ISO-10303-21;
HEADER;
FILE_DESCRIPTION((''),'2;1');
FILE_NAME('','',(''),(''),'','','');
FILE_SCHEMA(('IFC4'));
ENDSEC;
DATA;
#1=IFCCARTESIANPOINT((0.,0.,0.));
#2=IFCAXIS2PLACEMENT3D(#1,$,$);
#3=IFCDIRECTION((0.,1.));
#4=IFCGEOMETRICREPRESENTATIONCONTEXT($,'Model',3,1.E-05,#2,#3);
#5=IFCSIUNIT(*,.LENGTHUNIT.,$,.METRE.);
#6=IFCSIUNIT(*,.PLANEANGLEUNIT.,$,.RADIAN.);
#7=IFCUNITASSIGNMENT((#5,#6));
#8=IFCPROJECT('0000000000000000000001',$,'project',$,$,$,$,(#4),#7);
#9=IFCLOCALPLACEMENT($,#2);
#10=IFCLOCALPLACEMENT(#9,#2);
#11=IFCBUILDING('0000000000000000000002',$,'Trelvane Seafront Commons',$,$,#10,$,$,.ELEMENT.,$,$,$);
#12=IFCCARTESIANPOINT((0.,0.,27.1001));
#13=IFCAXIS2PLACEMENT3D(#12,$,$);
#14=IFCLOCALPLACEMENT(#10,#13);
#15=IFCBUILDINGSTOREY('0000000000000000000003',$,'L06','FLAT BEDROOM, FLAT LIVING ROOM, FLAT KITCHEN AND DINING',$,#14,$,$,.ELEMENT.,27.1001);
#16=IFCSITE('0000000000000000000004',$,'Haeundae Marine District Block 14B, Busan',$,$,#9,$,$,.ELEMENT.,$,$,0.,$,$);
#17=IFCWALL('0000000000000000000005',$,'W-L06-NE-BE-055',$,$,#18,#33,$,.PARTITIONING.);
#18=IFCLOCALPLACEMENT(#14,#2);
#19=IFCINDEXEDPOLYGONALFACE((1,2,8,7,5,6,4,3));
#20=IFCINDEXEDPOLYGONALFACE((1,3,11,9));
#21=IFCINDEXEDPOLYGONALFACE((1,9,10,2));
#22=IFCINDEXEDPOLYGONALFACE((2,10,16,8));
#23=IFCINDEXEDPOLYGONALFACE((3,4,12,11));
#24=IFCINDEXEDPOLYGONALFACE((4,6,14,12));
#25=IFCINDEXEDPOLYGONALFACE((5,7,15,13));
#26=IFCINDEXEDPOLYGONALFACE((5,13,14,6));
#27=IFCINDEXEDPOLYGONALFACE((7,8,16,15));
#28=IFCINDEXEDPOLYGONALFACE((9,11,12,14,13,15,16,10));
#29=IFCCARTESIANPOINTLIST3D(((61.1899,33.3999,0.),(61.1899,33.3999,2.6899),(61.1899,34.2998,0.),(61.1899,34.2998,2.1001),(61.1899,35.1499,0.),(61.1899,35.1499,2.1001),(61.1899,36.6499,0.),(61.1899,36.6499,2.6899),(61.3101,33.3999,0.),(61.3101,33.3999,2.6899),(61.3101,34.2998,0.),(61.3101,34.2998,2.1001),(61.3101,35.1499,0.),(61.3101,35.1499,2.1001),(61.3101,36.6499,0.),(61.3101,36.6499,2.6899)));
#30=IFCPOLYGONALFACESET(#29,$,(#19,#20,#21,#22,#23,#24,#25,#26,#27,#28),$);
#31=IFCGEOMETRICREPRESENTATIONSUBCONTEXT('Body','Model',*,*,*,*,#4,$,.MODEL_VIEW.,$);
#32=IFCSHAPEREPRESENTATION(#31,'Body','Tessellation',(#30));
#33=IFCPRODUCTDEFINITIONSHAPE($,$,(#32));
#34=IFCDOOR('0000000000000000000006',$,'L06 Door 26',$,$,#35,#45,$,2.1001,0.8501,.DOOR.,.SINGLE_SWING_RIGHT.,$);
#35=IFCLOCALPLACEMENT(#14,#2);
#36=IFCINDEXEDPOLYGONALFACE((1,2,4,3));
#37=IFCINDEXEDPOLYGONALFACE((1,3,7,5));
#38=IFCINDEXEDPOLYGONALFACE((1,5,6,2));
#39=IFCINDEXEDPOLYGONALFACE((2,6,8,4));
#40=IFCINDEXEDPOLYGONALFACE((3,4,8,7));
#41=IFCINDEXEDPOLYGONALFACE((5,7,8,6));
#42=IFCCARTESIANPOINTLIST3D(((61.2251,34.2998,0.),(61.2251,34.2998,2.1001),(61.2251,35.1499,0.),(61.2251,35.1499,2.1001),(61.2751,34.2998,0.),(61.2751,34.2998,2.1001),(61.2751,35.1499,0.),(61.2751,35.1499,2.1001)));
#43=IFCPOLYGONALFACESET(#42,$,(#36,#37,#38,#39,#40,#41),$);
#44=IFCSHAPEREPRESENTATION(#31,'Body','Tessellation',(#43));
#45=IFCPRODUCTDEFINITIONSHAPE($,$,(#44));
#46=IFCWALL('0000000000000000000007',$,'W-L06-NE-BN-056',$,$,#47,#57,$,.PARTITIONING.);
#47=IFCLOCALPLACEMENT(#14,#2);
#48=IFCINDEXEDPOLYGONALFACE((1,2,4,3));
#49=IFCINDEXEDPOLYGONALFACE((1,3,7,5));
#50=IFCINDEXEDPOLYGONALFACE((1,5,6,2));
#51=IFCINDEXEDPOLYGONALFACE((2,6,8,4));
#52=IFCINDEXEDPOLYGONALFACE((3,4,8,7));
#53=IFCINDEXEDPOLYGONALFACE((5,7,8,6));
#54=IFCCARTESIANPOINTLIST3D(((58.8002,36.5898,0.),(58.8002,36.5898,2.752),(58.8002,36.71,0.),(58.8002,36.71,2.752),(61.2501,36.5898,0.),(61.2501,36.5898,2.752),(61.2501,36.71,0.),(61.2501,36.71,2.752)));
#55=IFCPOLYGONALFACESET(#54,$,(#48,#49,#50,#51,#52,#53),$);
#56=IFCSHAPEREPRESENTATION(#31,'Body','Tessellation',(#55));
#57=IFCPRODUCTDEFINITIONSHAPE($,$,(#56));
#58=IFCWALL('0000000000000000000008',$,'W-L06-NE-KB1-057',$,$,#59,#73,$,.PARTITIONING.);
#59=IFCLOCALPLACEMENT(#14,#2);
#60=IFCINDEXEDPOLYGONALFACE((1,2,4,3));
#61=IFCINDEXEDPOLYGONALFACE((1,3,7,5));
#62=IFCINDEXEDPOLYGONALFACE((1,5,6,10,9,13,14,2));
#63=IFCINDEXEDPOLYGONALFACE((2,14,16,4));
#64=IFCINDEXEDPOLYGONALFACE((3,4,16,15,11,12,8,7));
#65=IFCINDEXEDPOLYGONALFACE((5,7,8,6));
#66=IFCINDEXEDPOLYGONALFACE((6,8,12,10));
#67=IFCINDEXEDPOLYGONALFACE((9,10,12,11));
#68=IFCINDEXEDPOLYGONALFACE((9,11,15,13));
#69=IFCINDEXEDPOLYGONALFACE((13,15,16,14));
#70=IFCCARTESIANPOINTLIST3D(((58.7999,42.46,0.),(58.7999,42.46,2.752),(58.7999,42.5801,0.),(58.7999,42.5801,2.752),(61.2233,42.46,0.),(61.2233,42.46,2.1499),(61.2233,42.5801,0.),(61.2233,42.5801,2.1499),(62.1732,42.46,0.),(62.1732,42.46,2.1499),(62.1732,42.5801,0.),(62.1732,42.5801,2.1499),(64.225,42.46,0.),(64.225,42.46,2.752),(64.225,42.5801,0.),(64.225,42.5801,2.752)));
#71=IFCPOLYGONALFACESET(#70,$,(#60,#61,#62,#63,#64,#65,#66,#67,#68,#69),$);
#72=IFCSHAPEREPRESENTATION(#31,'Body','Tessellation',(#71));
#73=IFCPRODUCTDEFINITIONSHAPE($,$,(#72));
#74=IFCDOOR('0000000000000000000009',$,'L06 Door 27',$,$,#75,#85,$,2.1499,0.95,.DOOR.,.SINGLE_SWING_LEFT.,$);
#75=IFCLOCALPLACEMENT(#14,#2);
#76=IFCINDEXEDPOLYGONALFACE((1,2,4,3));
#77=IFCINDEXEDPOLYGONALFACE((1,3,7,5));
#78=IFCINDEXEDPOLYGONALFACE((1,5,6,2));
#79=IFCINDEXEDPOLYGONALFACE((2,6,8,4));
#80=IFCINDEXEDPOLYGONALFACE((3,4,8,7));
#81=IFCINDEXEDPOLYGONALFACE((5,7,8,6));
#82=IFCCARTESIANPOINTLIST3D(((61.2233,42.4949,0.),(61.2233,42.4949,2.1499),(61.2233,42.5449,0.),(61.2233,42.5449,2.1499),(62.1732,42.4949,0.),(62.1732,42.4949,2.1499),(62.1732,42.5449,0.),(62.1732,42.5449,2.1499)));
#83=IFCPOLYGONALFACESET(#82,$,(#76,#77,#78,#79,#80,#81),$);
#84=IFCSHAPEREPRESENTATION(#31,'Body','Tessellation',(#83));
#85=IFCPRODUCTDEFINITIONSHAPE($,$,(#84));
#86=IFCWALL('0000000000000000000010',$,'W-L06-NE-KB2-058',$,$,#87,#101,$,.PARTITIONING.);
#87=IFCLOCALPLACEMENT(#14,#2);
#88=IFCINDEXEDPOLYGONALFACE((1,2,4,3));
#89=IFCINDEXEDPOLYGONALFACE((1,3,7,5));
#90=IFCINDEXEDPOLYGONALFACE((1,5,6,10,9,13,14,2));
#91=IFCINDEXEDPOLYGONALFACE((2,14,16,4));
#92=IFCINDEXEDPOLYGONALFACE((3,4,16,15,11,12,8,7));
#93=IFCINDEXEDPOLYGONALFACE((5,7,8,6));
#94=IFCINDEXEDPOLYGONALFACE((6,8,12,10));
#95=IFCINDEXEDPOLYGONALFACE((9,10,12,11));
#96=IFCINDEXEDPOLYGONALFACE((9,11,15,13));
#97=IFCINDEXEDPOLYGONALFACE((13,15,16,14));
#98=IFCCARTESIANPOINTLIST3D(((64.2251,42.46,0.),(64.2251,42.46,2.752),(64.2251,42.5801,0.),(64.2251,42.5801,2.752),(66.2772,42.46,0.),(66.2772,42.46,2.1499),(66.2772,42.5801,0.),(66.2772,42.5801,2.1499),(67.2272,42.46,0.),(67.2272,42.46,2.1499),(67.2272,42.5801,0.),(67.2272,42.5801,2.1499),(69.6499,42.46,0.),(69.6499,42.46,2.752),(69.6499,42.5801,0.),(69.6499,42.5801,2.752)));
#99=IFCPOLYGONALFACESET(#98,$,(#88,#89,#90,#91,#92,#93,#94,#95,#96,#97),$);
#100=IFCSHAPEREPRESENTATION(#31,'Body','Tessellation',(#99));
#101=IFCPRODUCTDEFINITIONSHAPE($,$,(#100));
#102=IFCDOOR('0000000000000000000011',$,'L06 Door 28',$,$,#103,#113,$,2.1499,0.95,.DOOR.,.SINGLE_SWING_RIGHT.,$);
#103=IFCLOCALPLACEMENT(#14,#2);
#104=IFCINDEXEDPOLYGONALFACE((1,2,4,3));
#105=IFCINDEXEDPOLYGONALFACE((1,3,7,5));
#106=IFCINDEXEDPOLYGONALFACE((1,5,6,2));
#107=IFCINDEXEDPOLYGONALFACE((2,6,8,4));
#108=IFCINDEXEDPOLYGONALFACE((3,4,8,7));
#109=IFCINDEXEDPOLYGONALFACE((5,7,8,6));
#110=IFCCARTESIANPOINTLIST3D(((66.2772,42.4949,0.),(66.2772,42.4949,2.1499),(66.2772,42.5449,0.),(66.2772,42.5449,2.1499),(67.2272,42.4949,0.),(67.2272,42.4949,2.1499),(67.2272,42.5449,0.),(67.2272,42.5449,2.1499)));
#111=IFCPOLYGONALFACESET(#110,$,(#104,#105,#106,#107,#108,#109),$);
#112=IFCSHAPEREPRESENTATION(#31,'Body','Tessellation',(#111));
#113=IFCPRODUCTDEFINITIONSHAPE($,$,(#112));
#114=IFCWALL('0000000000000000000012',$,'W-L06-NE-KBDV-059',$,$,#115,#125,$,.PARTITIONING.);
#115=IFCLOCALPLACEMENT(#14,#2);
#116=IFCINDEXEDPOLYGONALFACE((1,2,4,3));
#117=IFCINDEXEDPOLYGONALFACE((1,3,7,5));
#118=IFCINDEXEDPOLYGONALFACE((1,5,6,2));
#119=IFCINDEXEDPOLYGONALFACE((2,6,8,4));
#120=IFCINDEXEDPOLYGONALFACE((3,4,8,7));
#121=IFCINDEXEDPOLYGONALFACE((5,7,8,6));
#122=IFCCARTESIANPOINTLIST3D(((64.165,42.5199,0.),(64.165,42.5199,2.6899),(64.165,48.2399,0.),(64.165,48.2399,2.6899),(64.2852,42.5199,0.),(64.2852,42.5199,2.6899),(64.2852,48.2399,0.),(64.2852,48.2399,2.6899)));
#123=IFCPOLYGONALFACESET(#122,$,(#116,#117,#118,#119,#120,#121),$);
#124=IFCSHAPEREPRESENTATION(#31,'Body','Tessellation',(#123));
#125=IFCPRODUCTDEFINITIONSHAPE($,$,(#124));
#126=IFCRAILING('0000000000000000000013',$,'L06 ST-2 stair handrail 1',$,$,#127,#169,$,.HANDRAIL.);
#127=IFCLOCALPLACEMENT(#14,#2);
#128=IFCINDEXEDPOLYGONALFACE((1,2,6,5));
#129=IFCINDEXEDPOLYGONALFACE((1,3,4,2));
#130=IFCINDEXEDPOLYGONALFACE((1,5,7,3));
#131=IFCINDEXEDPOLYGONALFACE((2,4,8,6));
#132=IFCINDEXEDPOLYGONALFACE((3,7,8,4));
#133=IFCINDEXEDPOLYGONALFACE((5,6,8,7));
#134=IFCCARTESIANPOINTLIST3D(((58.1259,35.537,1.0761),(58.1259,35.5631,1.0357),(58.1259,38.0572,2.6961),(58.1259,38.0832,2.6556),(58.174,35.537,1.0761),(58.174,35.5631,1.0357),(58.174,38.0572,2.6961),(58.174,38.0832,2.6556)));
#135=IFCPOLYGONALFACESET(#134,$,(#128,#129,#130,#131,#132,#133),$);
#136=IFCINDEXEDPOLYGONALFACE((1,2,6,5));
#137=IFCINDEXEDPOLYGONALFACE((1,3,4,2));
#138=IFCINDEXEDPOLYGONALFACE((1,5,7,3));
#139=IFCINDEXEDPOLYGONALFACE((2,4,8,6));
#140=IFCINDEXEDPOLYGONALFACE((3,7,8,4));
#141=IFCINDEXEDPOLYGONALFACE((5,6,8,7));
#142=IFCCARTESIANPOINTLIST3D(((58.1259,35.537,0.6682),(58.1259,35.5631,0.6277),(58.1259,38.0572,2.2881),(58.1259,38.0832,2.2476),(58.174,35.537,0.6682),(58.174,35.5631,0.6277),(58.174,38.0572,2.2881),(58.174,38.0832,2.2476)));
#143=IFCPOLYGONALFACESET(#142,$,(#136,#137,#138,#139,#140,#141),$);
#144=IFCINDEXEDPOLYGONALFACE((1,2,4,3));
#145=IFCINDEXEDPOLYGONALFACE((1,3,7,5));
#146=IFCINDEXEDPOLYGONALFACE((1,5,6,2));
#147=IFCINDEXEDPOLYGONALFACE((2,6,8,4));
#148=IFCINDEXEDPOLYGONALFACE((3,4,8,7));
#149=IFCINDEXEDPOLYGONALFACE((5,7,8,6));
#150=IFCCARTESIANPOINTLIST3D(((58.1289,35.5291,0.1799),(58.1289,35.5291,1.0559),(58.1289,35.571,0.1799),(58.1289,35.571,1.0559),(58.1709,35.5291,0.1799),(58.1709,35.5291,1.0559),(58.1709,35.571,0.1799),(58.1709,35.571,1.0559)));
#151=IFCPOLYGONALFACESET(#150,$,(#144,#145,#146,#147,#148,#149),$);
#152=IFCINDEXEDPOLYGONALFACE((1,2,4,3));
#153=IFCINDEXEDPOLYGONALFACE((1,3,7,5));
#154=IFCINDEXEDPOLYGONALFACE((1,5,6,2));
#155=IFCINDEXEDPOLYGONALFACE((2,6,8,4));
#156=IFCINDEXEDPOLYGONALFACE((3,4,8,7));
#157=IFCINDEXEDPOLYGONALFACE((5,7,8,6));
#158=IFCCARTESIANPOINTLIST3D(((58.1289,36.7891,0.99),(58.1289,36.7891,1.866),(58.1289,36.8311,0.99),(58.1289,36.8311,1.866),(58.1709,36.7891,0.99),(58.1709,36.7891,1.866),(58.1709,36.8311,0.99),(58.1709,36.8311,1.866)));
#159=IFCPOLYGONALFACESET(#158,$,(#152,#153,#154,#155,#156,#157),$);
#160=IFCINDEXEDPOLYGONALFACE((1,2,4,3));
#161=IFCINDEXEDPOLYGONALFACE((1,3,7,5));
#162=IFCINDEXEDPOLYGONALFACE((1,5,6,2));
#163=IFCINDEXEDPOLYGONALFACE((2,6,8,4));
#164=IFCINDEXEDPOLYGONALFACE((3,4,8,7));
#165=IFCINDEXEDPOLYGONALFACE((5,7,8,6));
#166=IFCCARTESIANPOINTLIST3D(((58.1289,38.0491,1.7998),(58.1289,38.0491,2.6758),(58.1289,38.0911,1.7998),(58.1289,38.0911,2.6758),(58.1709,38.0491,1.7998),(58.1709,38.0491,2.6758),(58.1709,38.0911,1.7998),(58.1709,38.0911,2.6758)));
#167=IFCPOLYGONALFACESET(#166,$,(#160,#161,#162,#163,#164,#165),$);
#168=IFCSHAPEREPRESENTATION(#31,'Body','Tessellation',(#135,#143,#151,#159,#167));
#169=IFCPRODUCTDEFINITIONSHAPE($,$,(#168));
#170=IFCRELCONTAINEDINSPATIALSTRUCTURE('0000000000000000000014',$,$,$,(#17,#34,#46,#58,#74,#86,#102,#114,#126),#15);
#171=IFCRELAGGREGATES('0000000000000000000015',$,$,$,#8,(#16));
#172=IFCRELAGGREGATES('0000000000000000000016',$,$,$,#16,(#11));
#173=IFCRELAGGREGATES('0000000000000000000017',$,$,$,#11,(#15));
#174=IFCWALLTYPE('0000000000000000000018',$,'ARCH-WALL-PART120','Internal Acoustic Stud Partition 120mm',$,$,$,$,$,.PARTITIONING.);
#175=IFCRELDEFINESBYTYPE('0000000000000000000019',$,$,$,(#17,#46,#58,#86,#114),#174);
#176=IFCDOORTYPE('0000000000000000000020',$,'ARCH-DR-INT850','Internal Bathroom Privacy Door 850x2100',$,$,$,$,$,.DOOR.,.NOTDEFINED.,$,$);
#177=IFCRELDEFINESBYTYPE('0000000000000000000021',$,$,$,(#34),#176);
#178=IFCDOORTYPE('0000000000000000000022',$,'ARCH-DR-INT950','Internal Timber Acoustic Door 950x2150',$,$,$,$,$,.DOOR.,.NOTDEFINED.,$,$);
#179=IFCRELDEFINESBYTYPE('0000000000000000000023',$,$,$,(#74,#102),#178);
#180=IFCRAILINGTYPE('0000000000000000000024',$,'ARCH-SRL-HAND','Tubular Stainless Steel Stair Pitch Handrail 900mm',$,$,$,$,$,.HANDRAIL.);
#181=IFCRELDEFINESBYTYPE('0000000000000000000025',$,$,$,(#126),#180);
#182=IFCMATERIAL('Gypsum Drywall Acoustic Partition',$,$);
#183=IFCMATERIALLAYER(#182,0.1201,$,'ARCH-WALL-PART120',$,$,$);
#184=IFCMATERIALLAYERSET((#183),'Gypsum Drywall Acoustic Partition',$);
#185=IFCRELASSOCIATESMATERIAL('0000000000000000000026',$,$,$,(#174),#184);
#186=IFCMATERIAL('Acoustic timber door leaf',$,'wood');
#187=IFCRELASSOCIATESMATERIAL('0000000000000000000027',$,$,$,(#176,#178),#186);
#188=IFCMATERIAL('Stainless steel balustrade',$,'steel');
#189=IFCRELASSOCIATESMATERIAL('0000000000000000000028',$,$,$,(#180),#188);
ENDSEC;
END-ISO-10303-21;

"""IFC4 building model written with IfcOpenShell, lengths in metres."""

from ifc_helpers import new_model, si_unit, direction, frame, frame_2d, origin, origin_2d, place, context, subcontext, project, spatial, rectangle, extrude, source, transform, mapped, material, layer, layer_set, type_object, element, fill, save


model = new_model("IFC4")

# Units and contexts
model_context = context("Model", 3, precision=1e-05, world=origin(), true_north=direction((0.0, 1.0)))
body_context = subcontext(model_context, "Body", "Model", "MODEL_VIEW")
ifc_project = project(units=[si_unit("LENGTHUNIT", "METRE"), si_unit("PLANEANGLEUNIT", "RADIAN")], contexts=[model_context])

# Site, building, storey
site_placement = place(None, origin())
site = spatial("IfcSite", under=ifc_project, at=site_placement, Name="Haeundae Marine District Block 14B, Busan", CompositionType="ELEMENT", RefElevation=0.0)
building_placement = place(site_placement, origin())
building = spatial("IfcBuilding", under=site, at=building_placement, Name="Trelvane Seafront Commons", CompositionType="ELEMENT")
storey_placement = place(building_placement, frame((0.0, 0.0, 27.1001)))
storey = spatial("IfcBuildingStorey", under=building, at=storey_placement, Name="L06", Description="FLAT BEDROOM, FLAT LIVING ROOM, FLAT KITCHEN AND DINING", CompositionType="ELEMENT", Elevation=27.1001)

# Wall, opening, door
ifc_material_1 = material(Name="Gypsum Drywall Acoustic Partition")
ifc_layer = layer(ifc_material_1, 0.1201, Name="ARCH-WALL-PART120")
ifc_layer_set = layer_set([ifc_layer], Name="Gypsum Drywall Acoustic Partition")
wall_type = type_object("IfcWallType", Name="ARCH-WALL-PART120", Description="Internal Acoustic Stud Partition 120mm", PredefinedType="PARTITIONING", material=ifc_layer_set)
wall_1_placement = place(storey_placement, frame((61.25, 33.3999, 0.0), z_axis=(0.0, 0.0, 1.0), x_axis=(0.0, 1.0, 0.0)))
wall_1 = element("IfcWall", 1, at=wall_1_placement, inside=storey, type_object=wall_type, Name="W-L06-NE-BE-055", PredefinedType="PARTITIONING", context=body_context, shape_type="SweptSolid", body=[
    extrude(rectangle(XDim=3.25, YDim=0.1201, at=frame_2d((1.625, 0.0))), origin(), (0.0, 0.0, 1.0), 2.6899),
])
opening_1_placement = place(wall_1_placement, frame((0.8999, 0.0, 0.0)))
opening_1 = element("IfcOpeningElement", 2, at=opening_1_placement, cuts=wall_1, PredefinedType="OPENING", context=body_context, shape_type="SweptSolid", body=[
    extrude(rectangle(XDim=0.8501, YDim=2.1001, at=frame_2d((0.425, 1.05))), frame((0.0, 0.0701, 0.0), z_axis=(0.0, -1.0, 0.0), x_axis=(1.0, 0.0, 0.0)), (0.0, 0.0, 1.0), 0.1401),
])
ifc_material_2 = material(Name="Acoustic timber door leaf", Category="wood")
door_type_1 = type_object("IfcDoorType", Name="ARCH-DR-INT850", Description="Internal Bathroom Privacy Door 850x2100", OperationType="NOTDEFINED", PredefinedType="DOOR", material=ifc_material_2)
shared_shape_1 = source(origin(), body_context, "Body", "SweptSolid", [
    extrude(rectangle(XDim=0.8501, YDim=2.1001, at=frame_2d((0.425, 1.05))), frame((0.0, 0.0249, 0.0), z_axis=(0.0, -1.0, 0.0), x_axis=(1.0, 0.0, 0.0)), (0.0, 0.0, 1.0), 0.05),
])
door_1_placement = place(opening_1_placement, origin())
door_1 = element("IfcDoor", 3, at=door_1_placement, inside=storey, type_object=door_type_1, Name="L06 Door 26", OperationType="SINGLE_SWING_RIGHT", OverallHeight=2.1001, OverallWidth=0.8501, PredefinedType="DOOR", context=body_context, shape_type="MappedRepresentation", body=[
    mapped(shared_shape_1, transform((0.0, 0.0, 0.0), x_axis=(1.0, 0.0, 0.0), y_axis=(0.0, 1.0, 0.0), z_axis=(0.0, 0.0, 1.0), scale=1.0)),
])
fill(opening_1, door_1)

# Wall
wall_2_placement = place(storey_placement, frame((58.8, 36.6499, 0.0), z_axis=(0.0, 0.0, 1.0), x_axis=(1.0, 0.0, 0.0)))
element("IfcWall", 4, at=wall_2_placement, inside=storey, type_object=wall_type, Name="W-L06-NE-BN-056", PredefinedType="PARTITIONING", context=body_context, shape_type="SweptSolid", body=[
    extrude(rectangle(XDim=2.45, YDim=0.1201, at=frame_2d((1.2251, 0.0))), origin(), (0.0, 0.0, 1.0), 2.752),
])

# Walls, openings, doors
wall_3_placement = place(storey_placement, frame((58.8, 42.52, 0.0), z_axis=(0.0, 0.0, 1.0), x_axis=(1.0, 0.0, 0.0)))
wall_3 = element("IfcWall", 5, at=wall_3_placement, inside=storey, type_object=wall_type, Name="W-L06-NE-KB1-057", PredefinedType="PARTITIONING", context=body_context, shape_type="SweptSolid", body=[
    extrude(rectangle(XDim=5.425, YDim=0.1201, at=frame_2d((2.7124, 0.0))), origin(), (0.0, 0.0, 1.0), 2.752),
])
opening_2_placement = place(wall_3_placement, frame((2.4231, 0.0, 0.0)))
opening_2 = element("IfcOpeningElement", 6, at=opening_2_placement, cuts=wall_3, PredefinedType="OPENING", context=body_context, shape_type="SweptSolid", body=[
    extrude(rectangle(XDim=0.95, YDim=2.1499, at=frame_2d((0.4751, 1.075))), frame((0.0, 0.0701, 0.0), z_axis=(0.0, -1.0, 0.0), x_axis=(1.0, 0.0, 0.0)), (0.0, 0.0, 1.0), 0.1401),
])
door_type_2 = type_object("IfcDoorType", Name="ARCH-DR-INT950", Description="Internal Timber Acoustic Door 950x2150", OperationType="NOTDEFINED", PredefinedType="DOOR", material=ifc_material_2)
shared_shape_2 = source(origin(), body_context, "Body", "SweptSolid", [
    extrude(rectangle(XDim=0.95, YDim=2.1499, at=frame_2d((0.4751, 1.075))), frame((0.0, 0.0249, 0.0), z_axis=(0.0, -1.0, 0.0), x_axis=(1.0, 0.0, 0.0)), (0.0, 0.0, 1.0), 0.05),
])
door_2_placement = place(opening_2_placement, origin())
door_2 = element("IfcDoor", 7, at=door_2_placement, inside=storey, type_object=door_type_2, Name="L06 Door 27", OperationType="SINGLE_SWING_LEFT", OverallHeight=2.1499, OverallWidth=0.95, PredefinedType="DOOR", context=body_context, shape_type="MappedRepresentation", body=[
    mapped(shared_shape_2, transform((0.0, 0.0, 0.0), x_axis=(1.0, 0.0, 0.0), y_axis=(0.0, 1.0, 0.0), z_axis=(0.0, 0.0, 1.0), scale=1.0)),
])
fill(opening_2, door_2)
wall_4_placement = place(storey_placement, frame((64.2251, 42.52, 0.0), z_axis=(0.0, 0.0, 1.0), x_axis=(1.0, 0.0, 0.0)))
wall_4 = element("IfcWall", 8, at=wall_4_placement, inside=storey, type_object=wall_type, Name="W-L06-NE-KB2-058", PredefinedType="PARTITIONING", context=body_context, shape_type="SweptSolid", body=[
    extrude(rectangle(XDim=5.4248, YDim=0.1201, at=frame_2d((2.7124, 0.0))), origin(), (0.0, 0.0, 1.0), 2.752),
])
opening_3_placement = place(wall_4_placement, frame((2.052, 0.0, 0.0)))
opening_3 = element("IfcOpeningElement", 9, at=opening_3_placement, cuts=wall_4, PredefinedType="OPENING", context=body_context, shape_type="SweptSolid", body=[
    extrude(rectangle(XDim=0.95, YDim=2.1499, at=frame_2d((0.4751, 1.075))), frame((0.0, 0.0701, 0.0), z_axis=(0.0, -1.0, 0.0), x_axis=(1.0, 0.0, 0.0)), (0.0, 0.0, 1.0), 0.1401),
])
door_3_placement = place(opening_3_placement, origin())
door_3 = element("IfcDoor", 10, at=door_3_placement, inside=storey, type_object=door_type_2, Name="L06 Door 28", OperationType="SINGLE_SWING_RIGHT", OverallHeight=2.1499, OverallWidth=0.95, PredefinedType="DOOR", context=body_context, shape_type="MappedRepresentation", body=[
    mapped(shared_shape_2, transform((0.0, 0.0, 0.0), x_axis=(1.0, 0.0, 0.0), y_axis=(0.0, 1.0, 0.0), z_axis=(0.0, 0.0, 1.0), scale=1.0)),
])
fill(opening_3, door_3)

# Wall
wall_5_placement = place(storey_placement, frame((64.2251, 42.52, 0.0), z_axis=(0.0, 0.0, 1.0), x_axis=(0.0, 1.0, 0.0)))
element("IfcWall", 11, at=wall_5_placement, inside=storey, type_object=wall_type, Name="W-L06-NE-KBDV-059", PredefinedType="PARTITIONING", context=body_context, shape_type="SweptSolid", body=[
    extrude(rectangle(XDim=5.72, YDim=0.1201, at=frame_2d((2.8599, 0.0))), origin(), (0.0, 0.0, 1.0), 2.6899),
])

# Railing
ifc_material_3 = material(Name="Stainless steel balustrade", Category="steel")
railing_type = type_object("IfcRailingType", Name="ARCH-SRL-HAND", Description="Tubular Stainless Steel Stair Pitch Handrail 900mm", PredefinedType="HANDRAIL", material=ifc_material_3)
railing_placement = place(storey_placement, frame((58.1499, 35.55, 0.1799)))
element("IfcRailing", 12, at=railing_placement, inside=storey, type_object=railing_type, Name="L06 ST-2 stair handrail 1", PredefinedType="HANDRAIL", context=body_context, shape_type="SweptSolid", body=[
    extrude(rectangle(XDim=0.0481, YDim=0.0481, at=origin_2d()), frame((0.0, 0.0, 0.876), z_axis=(0.0, 0.8412, 0.540725), x_axis=(-1.0, 0.0, 0.0)), (0.0, 0.0, 1.0), 2.9958),
    extrude(rectangle(XDim=0.0481, YDim=0.0481, at=origin_2d()), frame((0.0, 0.0, 0.468), z_axis=(0.0, 0.8412, 0.540725), x_axis=(-1.0, 0.0, 0.0)), (0.0, 0.0, 1.0), 2.9958),
    extrude(rectangle(XDim=0.042, YDim=0.042, at=origin_2d()), origin(), (0.0, 0.0, 1.0), 0.876),
    extrude(rectangle(XDim=0.042, YDim=0.042, at=origin_2d()), frame((0.0, 1.26, 0.8101)), (0.0, 0.0, 1.0), 0.876),
    extrude(rectangle(XDim=0.042, YDim=0.042, at=origin_2d()), frame((0.0, 2.52, 1.6199)), (0.0, 0.0, 1.0), 0.876),
])

save(model, "model.ifc")
